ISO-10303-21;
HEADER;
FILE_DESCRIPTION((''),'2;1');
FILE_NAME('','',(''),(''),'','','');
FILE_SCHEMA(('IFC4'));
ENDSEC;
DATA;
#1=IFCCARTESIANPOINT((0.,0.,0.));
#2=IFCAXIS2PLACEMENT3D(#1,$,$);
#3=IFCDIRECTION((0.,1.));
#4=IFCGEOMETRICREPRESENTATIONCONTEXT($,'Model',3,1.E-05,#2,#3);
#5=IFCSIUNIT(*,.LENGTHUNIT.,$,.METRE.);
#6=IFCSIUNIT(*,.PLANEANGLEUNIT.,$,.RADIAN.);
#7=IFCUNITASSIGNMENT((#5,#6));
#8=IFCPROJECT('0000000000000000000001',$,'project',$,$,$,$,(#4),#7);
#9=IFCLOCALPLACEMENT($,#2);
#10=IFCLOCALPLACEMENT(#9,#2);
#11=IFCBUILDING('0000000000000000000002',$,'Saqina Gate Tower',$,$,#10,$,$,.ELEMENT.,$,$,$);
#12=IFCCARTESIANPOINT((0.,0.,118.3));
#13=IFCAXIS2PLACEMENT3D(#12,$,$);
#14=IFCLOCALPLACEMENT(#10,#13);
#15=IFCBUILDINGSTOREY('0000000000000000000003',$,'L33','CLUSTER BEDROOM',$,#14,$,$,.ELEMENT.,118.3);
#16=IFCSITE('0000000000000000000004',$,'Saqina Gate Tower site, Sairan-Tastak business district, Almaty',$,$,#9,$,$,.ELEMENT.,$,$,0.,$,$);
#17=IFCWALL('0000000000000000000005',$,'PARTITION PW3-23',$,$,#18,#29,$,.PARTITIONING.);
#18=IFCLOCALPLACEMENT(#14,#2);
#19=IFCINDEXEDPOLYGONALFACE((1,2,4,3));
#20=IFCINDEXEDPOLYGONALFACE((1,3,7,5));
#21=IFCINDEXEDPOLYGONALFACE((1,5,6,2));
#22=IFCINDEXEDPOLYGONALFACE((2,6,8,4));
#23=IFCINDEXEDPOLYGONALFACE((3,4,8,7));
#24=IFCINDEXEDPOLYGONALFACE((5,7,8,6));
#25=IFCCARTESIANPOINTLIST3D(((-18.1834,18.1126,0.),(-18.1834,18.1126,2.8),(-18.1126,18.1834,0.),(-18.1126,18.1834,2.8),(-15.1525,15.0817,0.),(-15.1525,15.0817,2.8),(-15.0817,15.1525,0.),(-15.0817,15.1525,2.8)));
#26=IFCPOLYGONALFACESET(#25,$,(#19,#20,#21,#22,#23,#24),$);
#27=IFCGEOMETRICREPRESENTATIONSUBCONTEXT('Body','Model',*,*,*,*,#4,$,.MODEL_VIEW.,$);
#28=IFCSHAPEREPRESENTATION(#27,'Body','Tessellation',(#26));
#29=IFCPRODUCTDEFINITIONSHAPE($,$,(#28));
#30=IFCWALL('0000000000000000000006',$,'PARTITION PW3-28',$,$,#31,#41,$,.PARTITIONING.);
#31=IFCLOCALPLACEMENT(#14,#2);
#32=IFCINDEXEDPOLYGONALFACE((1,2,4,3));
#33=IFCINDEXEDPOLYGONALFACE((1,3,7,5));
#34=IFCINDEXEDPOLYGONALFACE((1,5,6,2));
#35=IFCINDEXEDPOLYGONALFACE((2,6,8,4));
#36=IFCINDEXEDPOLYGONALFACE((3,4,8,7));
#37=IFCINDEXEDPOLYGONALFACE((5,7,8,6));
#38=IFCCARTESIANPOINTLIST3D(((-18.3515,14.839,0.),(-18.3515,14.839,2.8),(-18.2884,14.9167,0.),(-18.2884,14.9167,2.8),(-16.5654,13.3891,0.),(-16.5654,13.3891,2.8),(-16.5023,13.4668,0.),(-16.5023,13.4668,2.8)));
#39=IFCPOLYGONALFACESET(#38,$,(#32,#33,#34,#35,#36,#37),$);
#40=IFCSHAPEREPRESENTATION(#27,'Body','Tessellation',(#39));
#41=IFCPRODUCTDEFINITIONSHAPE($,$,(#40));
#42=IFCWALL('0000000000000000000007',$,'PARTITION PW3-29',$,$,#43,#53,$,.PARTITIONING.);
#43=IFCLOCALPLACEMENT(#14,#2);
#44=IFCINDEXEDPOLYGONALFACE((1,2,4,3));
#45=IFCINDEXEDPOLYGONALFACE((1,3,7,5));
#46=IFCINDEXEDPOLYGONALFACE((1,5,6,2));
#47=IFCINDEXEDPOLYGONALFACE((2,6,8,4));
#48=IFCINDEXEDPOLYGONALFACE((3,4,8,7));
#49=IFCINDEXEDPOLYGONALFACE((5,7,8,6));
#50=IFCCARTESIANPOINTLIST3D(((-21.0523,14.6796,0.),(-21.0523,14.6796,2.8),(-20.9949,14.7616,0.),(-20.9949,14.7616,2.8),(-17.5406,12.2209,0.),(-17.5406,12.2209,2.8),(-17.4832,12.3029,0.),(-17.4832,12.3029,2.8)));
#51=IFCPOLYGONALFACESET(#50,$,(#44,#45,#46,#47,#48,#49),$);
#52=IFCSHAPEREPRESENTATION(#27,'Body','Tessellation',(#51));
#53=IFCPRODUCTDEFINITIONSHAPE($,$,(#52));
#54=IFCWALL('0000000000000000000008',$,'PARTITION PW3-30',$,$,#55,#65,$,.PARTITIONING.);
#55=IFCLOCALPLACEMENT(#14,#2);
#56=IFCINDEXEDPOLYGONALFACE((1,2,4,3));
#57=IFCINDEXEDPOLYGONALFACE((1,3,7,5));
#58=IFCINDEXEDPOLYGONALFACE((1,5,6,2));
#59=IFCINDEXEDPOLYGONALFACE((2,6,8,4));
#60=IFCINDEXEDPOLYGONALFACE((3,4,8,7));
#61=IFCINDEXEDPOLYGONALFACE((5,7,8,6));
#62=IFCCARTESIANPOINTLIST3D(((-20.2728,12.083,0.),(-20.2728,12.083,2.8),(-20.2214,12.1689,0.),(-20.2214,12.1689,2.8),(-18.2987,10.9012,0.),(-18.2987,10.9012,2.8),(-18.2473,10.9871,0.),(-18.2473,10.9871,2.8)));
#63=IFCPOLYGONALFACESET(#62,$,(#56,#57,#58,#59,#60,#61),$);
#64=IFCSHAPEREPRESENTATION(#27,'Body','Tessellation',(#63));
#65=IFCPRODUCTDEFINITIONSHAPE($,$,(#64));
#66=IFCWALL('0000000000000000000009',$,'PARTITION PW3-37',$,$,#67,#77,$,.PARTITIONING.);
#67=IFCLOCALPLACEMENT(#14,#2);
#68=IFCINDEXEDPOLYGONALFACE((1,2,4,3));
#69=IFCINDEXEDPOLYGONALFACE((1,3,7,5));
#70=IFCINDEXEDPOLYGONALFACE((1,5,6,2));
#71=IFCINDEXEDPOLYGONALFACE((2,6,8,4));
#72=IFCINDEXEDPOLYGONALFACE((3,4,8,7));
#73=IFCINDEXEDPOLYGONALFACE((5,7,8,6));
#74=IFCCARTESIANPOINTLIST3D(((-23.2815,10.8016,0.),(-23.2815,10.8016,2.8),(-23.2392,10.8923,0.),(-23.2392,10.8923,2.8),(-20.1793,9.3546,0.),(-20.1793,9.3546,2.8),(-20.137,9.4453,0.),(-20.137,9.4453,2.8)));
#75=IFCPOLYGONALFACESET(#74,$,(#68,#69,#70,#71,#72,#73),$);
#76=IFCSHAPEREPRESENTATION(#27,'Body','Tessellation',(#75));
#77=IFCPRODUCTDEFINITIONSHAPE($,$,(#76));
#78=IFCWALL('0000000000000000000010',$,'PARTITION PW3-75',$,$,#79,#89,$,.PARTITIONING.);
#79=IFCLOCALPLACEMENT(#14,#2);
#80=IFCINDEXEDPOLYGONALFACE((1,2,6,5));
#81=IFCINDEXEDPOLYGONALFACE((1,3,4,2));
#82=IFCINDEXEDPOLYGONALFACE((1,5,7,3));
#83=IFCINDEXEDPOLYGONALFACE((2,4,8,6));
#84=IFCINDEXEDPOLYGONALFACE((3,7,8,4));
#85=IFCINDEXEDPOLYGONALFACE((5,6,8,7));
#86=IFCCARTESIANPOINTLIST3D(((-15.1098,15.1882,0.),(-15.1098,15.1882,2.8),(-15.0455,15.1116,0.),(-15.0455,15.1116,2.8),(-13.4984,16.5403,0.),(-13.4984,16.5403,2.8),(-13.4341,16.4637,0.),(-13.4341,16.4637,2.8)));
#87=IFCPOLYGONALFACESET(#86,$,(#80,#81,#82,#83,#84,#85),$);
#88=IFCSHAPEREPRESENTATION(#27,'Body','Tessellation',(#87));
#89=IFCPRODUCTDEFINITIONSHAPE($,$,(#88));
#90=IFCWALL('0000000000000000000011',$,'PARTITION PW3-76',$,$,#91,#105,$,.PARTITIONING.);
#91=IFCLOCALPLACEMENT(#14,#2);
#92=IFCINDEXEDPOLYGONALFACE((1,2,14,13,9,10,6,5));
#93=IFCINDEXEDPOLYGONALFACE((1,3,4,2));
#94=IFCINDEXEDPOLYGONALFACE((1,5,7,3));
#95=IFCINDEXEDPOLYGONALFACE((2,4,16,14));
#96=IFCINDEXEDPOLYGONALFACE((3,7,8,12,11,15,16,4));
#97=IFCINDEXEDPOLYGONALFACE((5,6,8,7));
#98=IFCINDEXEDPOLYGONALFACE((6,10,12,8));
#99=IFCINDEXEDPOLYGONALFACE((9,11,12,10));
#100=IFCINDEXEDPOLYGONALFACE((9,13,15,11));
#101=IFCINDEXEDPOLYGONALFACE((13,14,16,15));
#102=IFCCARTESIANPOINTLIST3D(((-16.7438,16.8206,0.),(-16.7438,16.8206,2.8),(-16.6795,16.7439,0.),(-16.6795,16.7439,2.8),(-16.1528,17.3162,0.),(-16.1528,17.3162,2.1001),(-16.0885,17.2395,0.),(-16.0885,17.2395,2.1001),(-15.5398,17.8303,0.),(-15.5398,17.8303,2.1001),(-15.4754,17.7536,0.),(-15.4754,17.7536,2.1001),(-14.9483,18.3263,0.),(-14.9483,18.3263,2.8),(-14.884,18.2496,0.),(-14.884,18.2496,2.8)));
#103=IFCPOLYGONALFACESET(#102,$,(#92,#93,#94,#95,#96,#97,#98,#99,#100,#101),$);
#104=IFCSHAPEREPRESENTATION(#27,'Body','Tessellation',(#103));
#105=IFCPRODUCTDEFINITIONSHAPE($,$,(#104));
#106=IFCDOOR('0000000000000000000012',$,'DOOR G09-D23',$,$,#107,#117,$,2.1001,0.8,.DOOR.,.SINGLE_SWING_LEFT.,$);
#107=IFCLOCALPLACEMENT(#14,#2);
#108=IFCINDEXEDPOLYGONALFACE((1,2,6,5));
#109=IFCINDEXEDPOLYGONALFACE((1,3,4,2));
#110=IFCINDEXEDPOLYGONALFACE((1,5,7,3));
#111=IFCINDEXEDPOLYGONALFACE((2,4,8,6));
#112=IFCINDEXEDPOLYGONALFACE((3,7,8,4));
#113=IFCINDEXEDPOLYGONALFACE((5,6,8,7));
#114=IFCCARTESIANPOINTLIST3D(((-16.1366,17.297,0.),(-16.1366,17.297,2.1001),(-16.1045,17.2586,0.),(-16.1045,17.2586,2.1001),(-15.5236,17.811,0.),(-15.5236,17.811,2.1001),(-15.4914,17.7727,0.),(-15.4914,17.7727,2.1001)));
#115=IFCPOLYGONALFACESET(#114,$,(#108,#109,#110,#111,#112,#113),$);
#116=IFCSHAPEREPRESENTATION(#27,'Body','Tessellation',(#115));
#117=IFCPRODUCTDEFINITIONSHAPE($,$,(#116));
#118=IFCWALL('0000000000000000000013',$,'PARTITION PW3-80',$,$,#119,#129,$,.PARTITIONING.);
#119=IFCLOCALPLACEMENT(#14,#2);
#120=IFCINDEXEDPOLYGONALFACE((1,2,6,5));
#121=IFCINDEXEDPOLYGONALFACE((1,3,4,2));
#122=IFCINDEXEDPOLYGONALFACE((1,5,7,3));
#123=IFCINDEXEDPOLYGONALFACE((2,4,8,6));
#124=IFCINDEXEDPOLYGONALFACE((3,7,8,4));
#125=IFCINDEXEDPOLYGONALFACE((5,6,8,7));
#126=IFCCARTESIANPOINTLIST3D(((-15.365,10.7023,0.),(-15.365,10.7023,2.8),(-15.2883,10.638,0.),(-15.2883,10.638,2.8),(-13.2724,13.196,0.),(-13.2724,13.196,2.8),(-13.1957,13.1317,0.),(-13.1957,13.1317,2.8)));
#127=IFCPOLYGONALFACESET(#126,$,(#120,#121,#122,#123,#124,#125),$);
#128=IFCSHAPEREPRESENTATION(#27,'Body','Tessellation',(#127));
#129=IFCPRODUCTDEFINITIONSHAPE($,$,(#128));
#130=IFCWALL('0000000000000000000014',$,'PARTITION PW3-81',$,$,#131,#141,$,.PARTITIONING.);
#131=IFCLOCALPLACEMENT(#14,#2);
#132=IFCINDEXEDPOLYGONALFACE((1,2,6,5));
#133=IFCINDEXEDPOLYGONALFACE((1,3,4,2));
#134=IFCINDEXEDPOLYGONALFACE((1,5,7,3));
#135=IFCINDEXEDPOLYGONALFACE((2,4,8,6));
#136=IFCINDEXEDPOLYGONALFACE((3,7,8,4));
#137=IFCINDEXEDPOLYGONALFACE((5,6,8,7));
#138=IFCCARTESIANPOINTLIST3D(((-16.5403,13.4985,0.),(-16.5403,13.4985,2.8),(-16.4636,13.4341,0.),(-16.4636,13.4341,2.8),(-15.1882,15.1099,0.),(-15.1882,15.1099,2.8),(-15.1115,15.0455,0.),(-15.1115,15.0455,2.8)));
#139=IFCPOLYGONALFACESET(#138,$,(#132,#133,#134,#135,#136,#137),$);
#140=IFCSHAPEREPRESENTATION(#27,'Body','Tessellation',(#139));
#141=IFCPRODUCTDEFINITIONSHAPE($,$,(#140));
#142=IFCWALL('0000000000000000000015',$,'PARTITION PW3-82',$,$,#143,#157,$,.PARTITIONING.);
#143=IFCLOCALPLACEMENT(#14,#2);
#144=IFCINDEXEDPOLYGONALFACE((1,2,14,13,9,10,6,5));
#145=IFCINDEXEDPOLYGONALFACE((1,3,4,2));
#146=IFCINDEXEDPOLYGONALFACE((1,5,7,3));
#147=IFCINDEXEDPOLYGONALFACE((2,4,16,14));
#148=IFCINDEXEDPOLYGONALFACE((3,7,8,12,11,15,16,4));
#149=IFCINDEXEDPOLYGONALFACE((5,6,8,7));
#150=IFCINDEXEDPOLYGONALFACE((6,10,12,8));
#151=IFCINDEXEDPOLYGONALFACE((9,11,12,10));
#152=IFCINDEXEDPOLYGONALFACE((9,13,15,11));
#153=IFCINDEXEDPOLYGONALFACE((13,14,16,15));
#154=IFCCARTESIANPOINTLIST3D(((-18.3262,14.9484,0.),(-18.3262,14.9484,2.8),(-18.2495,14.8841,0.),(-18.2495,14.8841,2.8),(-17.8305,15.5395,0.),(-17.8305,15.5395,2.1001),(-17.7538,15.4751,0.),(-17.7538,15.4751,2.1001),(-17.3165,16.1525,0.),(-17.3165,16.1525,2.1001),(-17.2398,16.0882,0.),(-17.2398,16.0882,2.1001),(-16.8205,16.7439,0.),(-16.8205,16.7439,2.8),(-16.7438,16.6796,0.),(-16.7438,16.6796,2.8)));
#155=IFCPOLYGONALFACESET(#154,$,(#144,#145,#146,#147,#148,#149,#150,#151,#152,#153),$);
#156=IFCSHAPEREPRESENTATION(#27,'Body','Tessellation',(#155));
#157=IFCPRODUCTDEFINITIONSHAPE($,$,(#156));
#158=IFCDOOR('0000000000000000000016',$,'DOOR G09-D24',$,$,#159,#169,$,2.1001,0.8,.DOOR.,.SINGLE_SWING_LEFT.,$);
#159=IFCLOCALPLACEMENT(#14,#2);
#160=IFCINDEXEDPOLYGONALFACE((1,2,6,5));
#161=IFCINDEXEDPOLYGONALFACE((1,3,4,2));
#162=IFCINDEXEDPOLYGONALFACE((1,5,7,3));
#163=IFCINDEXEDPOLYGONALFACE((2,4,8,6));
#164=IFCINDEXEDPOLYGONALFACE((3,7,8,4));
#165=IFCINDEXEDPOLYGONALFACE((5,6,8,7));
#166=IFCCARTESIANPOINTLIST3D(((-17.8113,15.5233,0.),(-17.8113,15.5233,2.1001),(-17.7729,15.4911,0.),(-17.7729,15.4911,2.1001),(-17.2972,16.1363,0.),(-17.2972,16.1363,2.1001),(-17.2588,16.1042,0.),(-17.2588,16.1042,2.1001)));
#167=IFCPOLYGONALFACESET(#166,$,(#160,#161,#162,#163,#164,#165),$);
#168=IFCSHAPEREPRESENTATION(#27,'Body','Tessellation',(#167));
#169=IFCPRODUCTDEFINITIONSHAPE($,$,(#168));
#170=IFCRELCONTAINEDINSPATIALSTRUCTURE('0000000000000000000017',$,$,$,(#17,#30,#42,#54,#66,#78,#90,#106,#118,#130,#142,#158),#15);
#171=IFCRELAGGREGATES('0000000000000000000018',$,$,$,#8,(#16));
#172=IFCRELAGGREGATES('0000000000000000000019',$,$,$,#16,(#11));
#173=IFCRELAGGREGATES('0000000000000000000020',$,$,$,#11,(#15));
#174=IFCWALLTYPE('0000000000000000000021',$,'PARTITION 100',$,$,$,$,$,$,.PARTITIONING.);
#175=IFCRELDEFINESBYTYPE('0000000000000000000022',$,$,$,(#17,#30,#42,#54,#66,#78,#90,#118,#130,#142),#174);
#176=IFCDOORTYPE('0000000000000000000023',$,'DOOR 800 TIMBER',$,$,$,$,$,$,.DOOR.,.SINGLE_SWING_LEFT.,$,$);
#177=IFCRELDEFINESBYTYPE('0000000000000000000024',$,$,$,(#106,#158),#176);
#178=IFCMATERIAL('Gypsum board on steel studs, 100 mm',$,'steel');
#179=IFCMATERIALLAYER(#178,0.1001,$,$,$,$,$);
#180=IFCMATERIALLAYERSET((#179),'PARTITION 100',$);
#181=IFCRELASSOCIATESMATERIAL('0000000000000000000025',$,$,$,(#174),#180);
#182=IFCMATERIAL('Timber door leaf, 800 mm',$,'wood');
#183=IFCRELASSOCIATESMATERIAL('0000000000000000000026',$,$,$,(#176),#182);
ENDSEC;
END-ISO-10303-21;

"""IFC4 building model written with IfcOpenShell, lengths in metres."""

from ifc_helpers import new_model, si_unit, direction, frame, frame_2d, origin, place, context, subcontext, project, spatial, rectangle, extrude, material, layer, layer_set, type_object, element, fill, save


model = new_model("IFC4")

# Units and contexts
model_context = context("Model", 3, precision=1e-05, world=origin(), true_north=direction((0.0, 1.0)))
body_context = subcontext(model_context, "Body", "Model", "MODEL_VIEW")
ifc_project = project(units=[si_unit("LENGTHUNIT", "METRE"), si_unit("PLANEANGLEUNIT", "RADIAN")], contexts=[model_context])

# Site, building, storey
site_placement = place(None, origin())
site = spatial("IfcSite", under=ifc_project, at=site_placement, Name="Saqina Gate Tower site, Sairan-Tastak business district, Almaty", CompositionType="ELEMENT", RefElevation=0.0)
building_placement = place(site_placement, origin())
building = spatial("IfcBuilding", under=site, at=building_placement, Name="Saqina Gate Tower", CompositionType="ELEMENT")
storey_placement = place(building_placement, frame((0.0, 0.0, 118.3)))
storey = spatial("IfcBuildingStorey", under=building, at=storey_placement, Name="L33", Description="CLUSTER BEDROOM", CompositionType="ELEMENT", Elevation=118.3)

# Walls
ifc_material_1 = material(Name="Gypsum board on steel studs, 100 mm", Category="steel")
ifc_layer_1 = layer(ifc_material_1, 0.1001)
ifc_layer_set_1 = layer_set([ifc_layer_1], Name="PARTITION 100")
wall_type_1 = type_object("IfcWallType", Name="PARTITION 100", PredefinedType="PARTITIONING", material=ifc_layer_set_1)
wall_1_placement = place(storey_placement, frame((-18.1479, 18.1479, 0.0), z_axis=(0.0, 0.0, 1.0), x_axis=(0.707107, -0.707107, 0.0)))
element("IfcWall", 1, at=wall_1_placement, inside=storey, type_object=wall_type_1, Name="PARTITION PW3-23", PredefinedType="PARTITIONING", context=body_context, shape_type="SweptSolid", body=[
    extrude(rectangle(XDim=4.2864, YDim=0.1001, at=frame_2d((2.1431, 0.0))), origin(), (0.0, 0.0, 1.0), 2.8),
])
wall_2_placement = place(storey_placement, frame((-18.3201, 14.8779, 0.0), z_axis=(0.0, 0.0, 1.0), x_axis=(0.776387, -0.630257, 0.0)))
element("IfcWall", 2, at=wall_2_placement, inside=storey, type_object=wall_type_1, Name="PARTITION PW3-28", PredefinedType="PARTITIONING", context=body_context, shape_type="SweptSolid", body=[
    extrude(rectangle(XDim=2.3005, YDim=0.1001, at=frame_2d((1.1504, 0.0))), origin(), (0.0, 0.0, 1.0), 2.8),
])
wall_3_placement = place(storey_placement, frame((-21.0237, 14.7207, 0.0), z_axis=(0.0, 0.0, 1.0), x_axis=(0.819173, -0.573546, 0.0)))
element("IfcWall", 3, at=wall_3_placement, inside=storey, type_object=wall_type_1, Name="PARTITION PW3-29", PredefinedType="PARTITIONING", context=body_context, shape_type="SweptSolid", body=[
    extrude(rectangle(XDim=4.2869, YDim=0.1001, at=frame_2d((2.1436, 0.0))), origin(), (0.0, 0.0, 1.0), 2.8),
])
wall_4_placement = place(storey_placement, frame((-20.2471, 12.126, 0.0), z_axis=(0.0, 0.0, 1.0), x_axis=(0.857989, -0.513668, 0.0)))
element("IfcWall", 4, at=wall_4_placement, inside=storey, type_object=wall_type_1, Name="PARTITION PW3-30", PredefinedType="PARTITIONING", context=body_context, shape_type="SweptSolid", body=[
    extrude(rectangle(XDim=2.3008, YDim=0.1001, at=frame_2d((1.1504, 0.0))), origin(), (0.0, 0.0, 1.0), 2.8),
])
wall_5_placement = place(storey_placement, frame((-23.2603, 10.8469, 0.0), z_axis=(0.0, 0.0, 1.0), x_axis=(0.906263, -0.422714, 0.0)))
element("IfcWall", 5, at=wall_5_placement, inside=storey, type_object=wall_type_1, Name="PARTITION PW3-37", PredefinedType="PARTITIONING", context=body_context, shape_type="SweptSolid", body=[
    extrude(rectangle(XDim=3.4231, YDim=0.1001, at=frame_2d((1.7114, 0.0))), origin(), (0.0, 0.0, 1.0), 2.8),
])
wall_6_placement = place(storey_placement, frame((-15.0776, 15.1499, 0.0), z_axis=(0.0, 0.0, 1.0), x_axis=(0.766048, 0.642784, 0.0)))
element("IfcWall", 6, at=wall_6_placement, inside=storey, type_object=wall_type_1, Name="PARTITION PW3-75", PredefinedType="PARTITIONING", context=body_context, shape_type="SweptSolid", body=[
    extrude(rectangle(XDim=2.1035, YDim=0.1001, at=frame_2d((1.0518, 0.0))), origin(), (0.0, 0.0, 1.0), 2.8),
])

# Wall, opening, door
wall_7_placement = place(storey_placement, frame((-16.7117, 16.7822, 0.0), z_axis=(0.0, 0.0, 1.0), x_axis=(0.766236, 0.642559, 0.0)))
wall_7 = element("IfcWall", 7, at=wall_7_placement, inside=storey, type_object=wall_type_1, Name="PARTITION PW3-76", PredefinedType="PARTITIONING", context=body_context, shape_type="SweptSolid", body=[
    extrude(rectangle(XDim=2.3433, YDim=0.1001, at=frame_2d((1.1716, 0.0))), origin(), (0.0, 0.0, 1.0), 2.8),
])
opening_1_placement = place(wall_7_placement, frame((0.7715, 0.0, 0.0)))
opening_1 = element("IfcOpeningElement", 8, at=opening_1_placement, cuts=wall_7, PredefinedType="OPENING", context=body_context, shape_type="SweptSolid", body=[
    extrude(rectangle(XDim=0.8, YDim=2.1001, at=frame_2d((0.3999, 1.05))), frame((0.0, 0.062, 0.0), z_axis=(0.0, -1.0, 0.0), x_axis=(1.0, 0.0, 0.0)), (0.0, 0.0, 1.0), 0.124),
])
ifc_material_2 = material(Name="Timber door leaf, 800 mm", Category="wood")
door_type_1 = type_object("IfcDoorType", Name="DOOR 800 TIMBER", OperationType="SINGLE_SWING_LEFT", PredefinedType="DOOR", material=ifc_material_2)
door_1_placement = place(opening_1_placement, origin())
door_1 = element("IfcDoor", 9, at=door_1_placement, inside=storey, type_object=door_type_1, Name="DOOR G09-D23", OperationType="SINGLE_SWING_LEFT", OverallHeight=2.1001, OverallWidth=0.8, PredefinedType="DOOR", context=body_context, shape_type="SweptSolid", body=[
    extrude(rectangle(XDim=0.8, YDim=2.1001, at=frame_2d((0.3999, 1.05))), frame((0.0, 0.0249, 0.0), z_axis=(0.0, -1.0, 0.0), x_axis=(1.0, 0.0, 0.0)), (0.0, 0.0, 1.0), 0.05),
])
fill(opening_1, door_1)

# Walls
wall_8_placement = place(storey_placement, frame((-15.3267, 10.6702, 0.0), z_axis=(0.0, 0.0, 1.0), x_axis=(0.642807, 0.766028, 0.0)))
element("IfcWall", 10, at=wall_8_placement, inside=storey, type_object=wall_type_1, Name="PARTITION PW3-80", PredefinedType="PARTITIONING", context=body_context, shape_type="SweptSolid", body=[
    extrude(rectangle(XDim=3.2554, YDim=0.1001, at=frame_2d((1.6277, 0.0))), origin(), (0.0, 0.0, 1.0), 2.8),
])
wall_9_placement = place(storey_placement, frame((-16.502, 13.4663, 0.0), z_axis=(0.0, 0.0, 1.0), x_axis=(0.642784, 0.766048, 0.0)))
element("IfcWall", 11, at=wall_9_placement, inside=storey, type_object=wall_type_1, Name="PARTITION PW3-81", PredefinedType="PARTITIONING", context=body_context, shape_type="SweptSolid", body=[
    extrude(rectangle(XDim=2.1035, YDim=0.1001, at=frame_2d((1.0518, 0.0))), origin(), (0.0, 0.0, 1.0), 2.8),
])

# Wall, opening, door
wall_10_placement = place(storey_placement, frame((-18.2878, 14.9163, 0.0), z_axis=(0.0, 0.0, 1.0), x_axis=(0.642559, 0.766236, 0.0)))
wall_10 = element("IfcWall", 12, at=wall_10_placement, inside=storey, type_object=wall_type_1, Name="PARTITION PW3-82", PredefinedType="PARTITIONING", context=body_context, shape_type="SweptSolid", body=[
    extrude(rectangle(XDim=2.3433, YDim=0.1001, at=frame_2d((1.1716, 0.0))), origin(), (0.0, 0.0, 1.0), 2.8),
])
opening_2_placement = place(wall_10_placement, frame((0.7715, 0.0, 0.0)))
opening_2 = element("IfcOpeningElement", 13, at=opening_2_placement, cuts=wall_10, PredefinedType="OPENING", context=body_context, shape_type="SweptSolid", body=[
    extrude(rectangle(XDim=0.8, YDim=2.1001, at=frame_2d((0.3999, 1.05))), frame((0.0, 0.062, 0.0), z_axis=(0.0, -1.0, 0.0), x_axis=(1.0, 0.0, 0.0)), (0.0, 0.0, 1.0), 0.124),
])
door_2_placement = place(opening_2_placement, origin())
door_2 = element("IfcDoor", 14, at=door_2_placement, inside=storey, type_object=door_type_1, Name="DOOR G09-D24", OperationType="SINGLE_SWING_LEFT", OverallHeight=2.1001, OverallWidth=0.8, PredefinedType="DOOR", context=body_context, shape_type="SweptSolid", body=[
    extrude(rectangle(XDim=0.8, YDim=2.1001, at=frame_2d((0.3999, 1.05))), frame((0.0, 0.0249, 0.0), z_axis=(0.0, -1.0, 0.0), x_axis=(1.0, 0.0, 0.0)), (0.0, 0.0, 1.0), 0.05),
])
fill(opening_2, door_2)

save(model, "model.ifc")
